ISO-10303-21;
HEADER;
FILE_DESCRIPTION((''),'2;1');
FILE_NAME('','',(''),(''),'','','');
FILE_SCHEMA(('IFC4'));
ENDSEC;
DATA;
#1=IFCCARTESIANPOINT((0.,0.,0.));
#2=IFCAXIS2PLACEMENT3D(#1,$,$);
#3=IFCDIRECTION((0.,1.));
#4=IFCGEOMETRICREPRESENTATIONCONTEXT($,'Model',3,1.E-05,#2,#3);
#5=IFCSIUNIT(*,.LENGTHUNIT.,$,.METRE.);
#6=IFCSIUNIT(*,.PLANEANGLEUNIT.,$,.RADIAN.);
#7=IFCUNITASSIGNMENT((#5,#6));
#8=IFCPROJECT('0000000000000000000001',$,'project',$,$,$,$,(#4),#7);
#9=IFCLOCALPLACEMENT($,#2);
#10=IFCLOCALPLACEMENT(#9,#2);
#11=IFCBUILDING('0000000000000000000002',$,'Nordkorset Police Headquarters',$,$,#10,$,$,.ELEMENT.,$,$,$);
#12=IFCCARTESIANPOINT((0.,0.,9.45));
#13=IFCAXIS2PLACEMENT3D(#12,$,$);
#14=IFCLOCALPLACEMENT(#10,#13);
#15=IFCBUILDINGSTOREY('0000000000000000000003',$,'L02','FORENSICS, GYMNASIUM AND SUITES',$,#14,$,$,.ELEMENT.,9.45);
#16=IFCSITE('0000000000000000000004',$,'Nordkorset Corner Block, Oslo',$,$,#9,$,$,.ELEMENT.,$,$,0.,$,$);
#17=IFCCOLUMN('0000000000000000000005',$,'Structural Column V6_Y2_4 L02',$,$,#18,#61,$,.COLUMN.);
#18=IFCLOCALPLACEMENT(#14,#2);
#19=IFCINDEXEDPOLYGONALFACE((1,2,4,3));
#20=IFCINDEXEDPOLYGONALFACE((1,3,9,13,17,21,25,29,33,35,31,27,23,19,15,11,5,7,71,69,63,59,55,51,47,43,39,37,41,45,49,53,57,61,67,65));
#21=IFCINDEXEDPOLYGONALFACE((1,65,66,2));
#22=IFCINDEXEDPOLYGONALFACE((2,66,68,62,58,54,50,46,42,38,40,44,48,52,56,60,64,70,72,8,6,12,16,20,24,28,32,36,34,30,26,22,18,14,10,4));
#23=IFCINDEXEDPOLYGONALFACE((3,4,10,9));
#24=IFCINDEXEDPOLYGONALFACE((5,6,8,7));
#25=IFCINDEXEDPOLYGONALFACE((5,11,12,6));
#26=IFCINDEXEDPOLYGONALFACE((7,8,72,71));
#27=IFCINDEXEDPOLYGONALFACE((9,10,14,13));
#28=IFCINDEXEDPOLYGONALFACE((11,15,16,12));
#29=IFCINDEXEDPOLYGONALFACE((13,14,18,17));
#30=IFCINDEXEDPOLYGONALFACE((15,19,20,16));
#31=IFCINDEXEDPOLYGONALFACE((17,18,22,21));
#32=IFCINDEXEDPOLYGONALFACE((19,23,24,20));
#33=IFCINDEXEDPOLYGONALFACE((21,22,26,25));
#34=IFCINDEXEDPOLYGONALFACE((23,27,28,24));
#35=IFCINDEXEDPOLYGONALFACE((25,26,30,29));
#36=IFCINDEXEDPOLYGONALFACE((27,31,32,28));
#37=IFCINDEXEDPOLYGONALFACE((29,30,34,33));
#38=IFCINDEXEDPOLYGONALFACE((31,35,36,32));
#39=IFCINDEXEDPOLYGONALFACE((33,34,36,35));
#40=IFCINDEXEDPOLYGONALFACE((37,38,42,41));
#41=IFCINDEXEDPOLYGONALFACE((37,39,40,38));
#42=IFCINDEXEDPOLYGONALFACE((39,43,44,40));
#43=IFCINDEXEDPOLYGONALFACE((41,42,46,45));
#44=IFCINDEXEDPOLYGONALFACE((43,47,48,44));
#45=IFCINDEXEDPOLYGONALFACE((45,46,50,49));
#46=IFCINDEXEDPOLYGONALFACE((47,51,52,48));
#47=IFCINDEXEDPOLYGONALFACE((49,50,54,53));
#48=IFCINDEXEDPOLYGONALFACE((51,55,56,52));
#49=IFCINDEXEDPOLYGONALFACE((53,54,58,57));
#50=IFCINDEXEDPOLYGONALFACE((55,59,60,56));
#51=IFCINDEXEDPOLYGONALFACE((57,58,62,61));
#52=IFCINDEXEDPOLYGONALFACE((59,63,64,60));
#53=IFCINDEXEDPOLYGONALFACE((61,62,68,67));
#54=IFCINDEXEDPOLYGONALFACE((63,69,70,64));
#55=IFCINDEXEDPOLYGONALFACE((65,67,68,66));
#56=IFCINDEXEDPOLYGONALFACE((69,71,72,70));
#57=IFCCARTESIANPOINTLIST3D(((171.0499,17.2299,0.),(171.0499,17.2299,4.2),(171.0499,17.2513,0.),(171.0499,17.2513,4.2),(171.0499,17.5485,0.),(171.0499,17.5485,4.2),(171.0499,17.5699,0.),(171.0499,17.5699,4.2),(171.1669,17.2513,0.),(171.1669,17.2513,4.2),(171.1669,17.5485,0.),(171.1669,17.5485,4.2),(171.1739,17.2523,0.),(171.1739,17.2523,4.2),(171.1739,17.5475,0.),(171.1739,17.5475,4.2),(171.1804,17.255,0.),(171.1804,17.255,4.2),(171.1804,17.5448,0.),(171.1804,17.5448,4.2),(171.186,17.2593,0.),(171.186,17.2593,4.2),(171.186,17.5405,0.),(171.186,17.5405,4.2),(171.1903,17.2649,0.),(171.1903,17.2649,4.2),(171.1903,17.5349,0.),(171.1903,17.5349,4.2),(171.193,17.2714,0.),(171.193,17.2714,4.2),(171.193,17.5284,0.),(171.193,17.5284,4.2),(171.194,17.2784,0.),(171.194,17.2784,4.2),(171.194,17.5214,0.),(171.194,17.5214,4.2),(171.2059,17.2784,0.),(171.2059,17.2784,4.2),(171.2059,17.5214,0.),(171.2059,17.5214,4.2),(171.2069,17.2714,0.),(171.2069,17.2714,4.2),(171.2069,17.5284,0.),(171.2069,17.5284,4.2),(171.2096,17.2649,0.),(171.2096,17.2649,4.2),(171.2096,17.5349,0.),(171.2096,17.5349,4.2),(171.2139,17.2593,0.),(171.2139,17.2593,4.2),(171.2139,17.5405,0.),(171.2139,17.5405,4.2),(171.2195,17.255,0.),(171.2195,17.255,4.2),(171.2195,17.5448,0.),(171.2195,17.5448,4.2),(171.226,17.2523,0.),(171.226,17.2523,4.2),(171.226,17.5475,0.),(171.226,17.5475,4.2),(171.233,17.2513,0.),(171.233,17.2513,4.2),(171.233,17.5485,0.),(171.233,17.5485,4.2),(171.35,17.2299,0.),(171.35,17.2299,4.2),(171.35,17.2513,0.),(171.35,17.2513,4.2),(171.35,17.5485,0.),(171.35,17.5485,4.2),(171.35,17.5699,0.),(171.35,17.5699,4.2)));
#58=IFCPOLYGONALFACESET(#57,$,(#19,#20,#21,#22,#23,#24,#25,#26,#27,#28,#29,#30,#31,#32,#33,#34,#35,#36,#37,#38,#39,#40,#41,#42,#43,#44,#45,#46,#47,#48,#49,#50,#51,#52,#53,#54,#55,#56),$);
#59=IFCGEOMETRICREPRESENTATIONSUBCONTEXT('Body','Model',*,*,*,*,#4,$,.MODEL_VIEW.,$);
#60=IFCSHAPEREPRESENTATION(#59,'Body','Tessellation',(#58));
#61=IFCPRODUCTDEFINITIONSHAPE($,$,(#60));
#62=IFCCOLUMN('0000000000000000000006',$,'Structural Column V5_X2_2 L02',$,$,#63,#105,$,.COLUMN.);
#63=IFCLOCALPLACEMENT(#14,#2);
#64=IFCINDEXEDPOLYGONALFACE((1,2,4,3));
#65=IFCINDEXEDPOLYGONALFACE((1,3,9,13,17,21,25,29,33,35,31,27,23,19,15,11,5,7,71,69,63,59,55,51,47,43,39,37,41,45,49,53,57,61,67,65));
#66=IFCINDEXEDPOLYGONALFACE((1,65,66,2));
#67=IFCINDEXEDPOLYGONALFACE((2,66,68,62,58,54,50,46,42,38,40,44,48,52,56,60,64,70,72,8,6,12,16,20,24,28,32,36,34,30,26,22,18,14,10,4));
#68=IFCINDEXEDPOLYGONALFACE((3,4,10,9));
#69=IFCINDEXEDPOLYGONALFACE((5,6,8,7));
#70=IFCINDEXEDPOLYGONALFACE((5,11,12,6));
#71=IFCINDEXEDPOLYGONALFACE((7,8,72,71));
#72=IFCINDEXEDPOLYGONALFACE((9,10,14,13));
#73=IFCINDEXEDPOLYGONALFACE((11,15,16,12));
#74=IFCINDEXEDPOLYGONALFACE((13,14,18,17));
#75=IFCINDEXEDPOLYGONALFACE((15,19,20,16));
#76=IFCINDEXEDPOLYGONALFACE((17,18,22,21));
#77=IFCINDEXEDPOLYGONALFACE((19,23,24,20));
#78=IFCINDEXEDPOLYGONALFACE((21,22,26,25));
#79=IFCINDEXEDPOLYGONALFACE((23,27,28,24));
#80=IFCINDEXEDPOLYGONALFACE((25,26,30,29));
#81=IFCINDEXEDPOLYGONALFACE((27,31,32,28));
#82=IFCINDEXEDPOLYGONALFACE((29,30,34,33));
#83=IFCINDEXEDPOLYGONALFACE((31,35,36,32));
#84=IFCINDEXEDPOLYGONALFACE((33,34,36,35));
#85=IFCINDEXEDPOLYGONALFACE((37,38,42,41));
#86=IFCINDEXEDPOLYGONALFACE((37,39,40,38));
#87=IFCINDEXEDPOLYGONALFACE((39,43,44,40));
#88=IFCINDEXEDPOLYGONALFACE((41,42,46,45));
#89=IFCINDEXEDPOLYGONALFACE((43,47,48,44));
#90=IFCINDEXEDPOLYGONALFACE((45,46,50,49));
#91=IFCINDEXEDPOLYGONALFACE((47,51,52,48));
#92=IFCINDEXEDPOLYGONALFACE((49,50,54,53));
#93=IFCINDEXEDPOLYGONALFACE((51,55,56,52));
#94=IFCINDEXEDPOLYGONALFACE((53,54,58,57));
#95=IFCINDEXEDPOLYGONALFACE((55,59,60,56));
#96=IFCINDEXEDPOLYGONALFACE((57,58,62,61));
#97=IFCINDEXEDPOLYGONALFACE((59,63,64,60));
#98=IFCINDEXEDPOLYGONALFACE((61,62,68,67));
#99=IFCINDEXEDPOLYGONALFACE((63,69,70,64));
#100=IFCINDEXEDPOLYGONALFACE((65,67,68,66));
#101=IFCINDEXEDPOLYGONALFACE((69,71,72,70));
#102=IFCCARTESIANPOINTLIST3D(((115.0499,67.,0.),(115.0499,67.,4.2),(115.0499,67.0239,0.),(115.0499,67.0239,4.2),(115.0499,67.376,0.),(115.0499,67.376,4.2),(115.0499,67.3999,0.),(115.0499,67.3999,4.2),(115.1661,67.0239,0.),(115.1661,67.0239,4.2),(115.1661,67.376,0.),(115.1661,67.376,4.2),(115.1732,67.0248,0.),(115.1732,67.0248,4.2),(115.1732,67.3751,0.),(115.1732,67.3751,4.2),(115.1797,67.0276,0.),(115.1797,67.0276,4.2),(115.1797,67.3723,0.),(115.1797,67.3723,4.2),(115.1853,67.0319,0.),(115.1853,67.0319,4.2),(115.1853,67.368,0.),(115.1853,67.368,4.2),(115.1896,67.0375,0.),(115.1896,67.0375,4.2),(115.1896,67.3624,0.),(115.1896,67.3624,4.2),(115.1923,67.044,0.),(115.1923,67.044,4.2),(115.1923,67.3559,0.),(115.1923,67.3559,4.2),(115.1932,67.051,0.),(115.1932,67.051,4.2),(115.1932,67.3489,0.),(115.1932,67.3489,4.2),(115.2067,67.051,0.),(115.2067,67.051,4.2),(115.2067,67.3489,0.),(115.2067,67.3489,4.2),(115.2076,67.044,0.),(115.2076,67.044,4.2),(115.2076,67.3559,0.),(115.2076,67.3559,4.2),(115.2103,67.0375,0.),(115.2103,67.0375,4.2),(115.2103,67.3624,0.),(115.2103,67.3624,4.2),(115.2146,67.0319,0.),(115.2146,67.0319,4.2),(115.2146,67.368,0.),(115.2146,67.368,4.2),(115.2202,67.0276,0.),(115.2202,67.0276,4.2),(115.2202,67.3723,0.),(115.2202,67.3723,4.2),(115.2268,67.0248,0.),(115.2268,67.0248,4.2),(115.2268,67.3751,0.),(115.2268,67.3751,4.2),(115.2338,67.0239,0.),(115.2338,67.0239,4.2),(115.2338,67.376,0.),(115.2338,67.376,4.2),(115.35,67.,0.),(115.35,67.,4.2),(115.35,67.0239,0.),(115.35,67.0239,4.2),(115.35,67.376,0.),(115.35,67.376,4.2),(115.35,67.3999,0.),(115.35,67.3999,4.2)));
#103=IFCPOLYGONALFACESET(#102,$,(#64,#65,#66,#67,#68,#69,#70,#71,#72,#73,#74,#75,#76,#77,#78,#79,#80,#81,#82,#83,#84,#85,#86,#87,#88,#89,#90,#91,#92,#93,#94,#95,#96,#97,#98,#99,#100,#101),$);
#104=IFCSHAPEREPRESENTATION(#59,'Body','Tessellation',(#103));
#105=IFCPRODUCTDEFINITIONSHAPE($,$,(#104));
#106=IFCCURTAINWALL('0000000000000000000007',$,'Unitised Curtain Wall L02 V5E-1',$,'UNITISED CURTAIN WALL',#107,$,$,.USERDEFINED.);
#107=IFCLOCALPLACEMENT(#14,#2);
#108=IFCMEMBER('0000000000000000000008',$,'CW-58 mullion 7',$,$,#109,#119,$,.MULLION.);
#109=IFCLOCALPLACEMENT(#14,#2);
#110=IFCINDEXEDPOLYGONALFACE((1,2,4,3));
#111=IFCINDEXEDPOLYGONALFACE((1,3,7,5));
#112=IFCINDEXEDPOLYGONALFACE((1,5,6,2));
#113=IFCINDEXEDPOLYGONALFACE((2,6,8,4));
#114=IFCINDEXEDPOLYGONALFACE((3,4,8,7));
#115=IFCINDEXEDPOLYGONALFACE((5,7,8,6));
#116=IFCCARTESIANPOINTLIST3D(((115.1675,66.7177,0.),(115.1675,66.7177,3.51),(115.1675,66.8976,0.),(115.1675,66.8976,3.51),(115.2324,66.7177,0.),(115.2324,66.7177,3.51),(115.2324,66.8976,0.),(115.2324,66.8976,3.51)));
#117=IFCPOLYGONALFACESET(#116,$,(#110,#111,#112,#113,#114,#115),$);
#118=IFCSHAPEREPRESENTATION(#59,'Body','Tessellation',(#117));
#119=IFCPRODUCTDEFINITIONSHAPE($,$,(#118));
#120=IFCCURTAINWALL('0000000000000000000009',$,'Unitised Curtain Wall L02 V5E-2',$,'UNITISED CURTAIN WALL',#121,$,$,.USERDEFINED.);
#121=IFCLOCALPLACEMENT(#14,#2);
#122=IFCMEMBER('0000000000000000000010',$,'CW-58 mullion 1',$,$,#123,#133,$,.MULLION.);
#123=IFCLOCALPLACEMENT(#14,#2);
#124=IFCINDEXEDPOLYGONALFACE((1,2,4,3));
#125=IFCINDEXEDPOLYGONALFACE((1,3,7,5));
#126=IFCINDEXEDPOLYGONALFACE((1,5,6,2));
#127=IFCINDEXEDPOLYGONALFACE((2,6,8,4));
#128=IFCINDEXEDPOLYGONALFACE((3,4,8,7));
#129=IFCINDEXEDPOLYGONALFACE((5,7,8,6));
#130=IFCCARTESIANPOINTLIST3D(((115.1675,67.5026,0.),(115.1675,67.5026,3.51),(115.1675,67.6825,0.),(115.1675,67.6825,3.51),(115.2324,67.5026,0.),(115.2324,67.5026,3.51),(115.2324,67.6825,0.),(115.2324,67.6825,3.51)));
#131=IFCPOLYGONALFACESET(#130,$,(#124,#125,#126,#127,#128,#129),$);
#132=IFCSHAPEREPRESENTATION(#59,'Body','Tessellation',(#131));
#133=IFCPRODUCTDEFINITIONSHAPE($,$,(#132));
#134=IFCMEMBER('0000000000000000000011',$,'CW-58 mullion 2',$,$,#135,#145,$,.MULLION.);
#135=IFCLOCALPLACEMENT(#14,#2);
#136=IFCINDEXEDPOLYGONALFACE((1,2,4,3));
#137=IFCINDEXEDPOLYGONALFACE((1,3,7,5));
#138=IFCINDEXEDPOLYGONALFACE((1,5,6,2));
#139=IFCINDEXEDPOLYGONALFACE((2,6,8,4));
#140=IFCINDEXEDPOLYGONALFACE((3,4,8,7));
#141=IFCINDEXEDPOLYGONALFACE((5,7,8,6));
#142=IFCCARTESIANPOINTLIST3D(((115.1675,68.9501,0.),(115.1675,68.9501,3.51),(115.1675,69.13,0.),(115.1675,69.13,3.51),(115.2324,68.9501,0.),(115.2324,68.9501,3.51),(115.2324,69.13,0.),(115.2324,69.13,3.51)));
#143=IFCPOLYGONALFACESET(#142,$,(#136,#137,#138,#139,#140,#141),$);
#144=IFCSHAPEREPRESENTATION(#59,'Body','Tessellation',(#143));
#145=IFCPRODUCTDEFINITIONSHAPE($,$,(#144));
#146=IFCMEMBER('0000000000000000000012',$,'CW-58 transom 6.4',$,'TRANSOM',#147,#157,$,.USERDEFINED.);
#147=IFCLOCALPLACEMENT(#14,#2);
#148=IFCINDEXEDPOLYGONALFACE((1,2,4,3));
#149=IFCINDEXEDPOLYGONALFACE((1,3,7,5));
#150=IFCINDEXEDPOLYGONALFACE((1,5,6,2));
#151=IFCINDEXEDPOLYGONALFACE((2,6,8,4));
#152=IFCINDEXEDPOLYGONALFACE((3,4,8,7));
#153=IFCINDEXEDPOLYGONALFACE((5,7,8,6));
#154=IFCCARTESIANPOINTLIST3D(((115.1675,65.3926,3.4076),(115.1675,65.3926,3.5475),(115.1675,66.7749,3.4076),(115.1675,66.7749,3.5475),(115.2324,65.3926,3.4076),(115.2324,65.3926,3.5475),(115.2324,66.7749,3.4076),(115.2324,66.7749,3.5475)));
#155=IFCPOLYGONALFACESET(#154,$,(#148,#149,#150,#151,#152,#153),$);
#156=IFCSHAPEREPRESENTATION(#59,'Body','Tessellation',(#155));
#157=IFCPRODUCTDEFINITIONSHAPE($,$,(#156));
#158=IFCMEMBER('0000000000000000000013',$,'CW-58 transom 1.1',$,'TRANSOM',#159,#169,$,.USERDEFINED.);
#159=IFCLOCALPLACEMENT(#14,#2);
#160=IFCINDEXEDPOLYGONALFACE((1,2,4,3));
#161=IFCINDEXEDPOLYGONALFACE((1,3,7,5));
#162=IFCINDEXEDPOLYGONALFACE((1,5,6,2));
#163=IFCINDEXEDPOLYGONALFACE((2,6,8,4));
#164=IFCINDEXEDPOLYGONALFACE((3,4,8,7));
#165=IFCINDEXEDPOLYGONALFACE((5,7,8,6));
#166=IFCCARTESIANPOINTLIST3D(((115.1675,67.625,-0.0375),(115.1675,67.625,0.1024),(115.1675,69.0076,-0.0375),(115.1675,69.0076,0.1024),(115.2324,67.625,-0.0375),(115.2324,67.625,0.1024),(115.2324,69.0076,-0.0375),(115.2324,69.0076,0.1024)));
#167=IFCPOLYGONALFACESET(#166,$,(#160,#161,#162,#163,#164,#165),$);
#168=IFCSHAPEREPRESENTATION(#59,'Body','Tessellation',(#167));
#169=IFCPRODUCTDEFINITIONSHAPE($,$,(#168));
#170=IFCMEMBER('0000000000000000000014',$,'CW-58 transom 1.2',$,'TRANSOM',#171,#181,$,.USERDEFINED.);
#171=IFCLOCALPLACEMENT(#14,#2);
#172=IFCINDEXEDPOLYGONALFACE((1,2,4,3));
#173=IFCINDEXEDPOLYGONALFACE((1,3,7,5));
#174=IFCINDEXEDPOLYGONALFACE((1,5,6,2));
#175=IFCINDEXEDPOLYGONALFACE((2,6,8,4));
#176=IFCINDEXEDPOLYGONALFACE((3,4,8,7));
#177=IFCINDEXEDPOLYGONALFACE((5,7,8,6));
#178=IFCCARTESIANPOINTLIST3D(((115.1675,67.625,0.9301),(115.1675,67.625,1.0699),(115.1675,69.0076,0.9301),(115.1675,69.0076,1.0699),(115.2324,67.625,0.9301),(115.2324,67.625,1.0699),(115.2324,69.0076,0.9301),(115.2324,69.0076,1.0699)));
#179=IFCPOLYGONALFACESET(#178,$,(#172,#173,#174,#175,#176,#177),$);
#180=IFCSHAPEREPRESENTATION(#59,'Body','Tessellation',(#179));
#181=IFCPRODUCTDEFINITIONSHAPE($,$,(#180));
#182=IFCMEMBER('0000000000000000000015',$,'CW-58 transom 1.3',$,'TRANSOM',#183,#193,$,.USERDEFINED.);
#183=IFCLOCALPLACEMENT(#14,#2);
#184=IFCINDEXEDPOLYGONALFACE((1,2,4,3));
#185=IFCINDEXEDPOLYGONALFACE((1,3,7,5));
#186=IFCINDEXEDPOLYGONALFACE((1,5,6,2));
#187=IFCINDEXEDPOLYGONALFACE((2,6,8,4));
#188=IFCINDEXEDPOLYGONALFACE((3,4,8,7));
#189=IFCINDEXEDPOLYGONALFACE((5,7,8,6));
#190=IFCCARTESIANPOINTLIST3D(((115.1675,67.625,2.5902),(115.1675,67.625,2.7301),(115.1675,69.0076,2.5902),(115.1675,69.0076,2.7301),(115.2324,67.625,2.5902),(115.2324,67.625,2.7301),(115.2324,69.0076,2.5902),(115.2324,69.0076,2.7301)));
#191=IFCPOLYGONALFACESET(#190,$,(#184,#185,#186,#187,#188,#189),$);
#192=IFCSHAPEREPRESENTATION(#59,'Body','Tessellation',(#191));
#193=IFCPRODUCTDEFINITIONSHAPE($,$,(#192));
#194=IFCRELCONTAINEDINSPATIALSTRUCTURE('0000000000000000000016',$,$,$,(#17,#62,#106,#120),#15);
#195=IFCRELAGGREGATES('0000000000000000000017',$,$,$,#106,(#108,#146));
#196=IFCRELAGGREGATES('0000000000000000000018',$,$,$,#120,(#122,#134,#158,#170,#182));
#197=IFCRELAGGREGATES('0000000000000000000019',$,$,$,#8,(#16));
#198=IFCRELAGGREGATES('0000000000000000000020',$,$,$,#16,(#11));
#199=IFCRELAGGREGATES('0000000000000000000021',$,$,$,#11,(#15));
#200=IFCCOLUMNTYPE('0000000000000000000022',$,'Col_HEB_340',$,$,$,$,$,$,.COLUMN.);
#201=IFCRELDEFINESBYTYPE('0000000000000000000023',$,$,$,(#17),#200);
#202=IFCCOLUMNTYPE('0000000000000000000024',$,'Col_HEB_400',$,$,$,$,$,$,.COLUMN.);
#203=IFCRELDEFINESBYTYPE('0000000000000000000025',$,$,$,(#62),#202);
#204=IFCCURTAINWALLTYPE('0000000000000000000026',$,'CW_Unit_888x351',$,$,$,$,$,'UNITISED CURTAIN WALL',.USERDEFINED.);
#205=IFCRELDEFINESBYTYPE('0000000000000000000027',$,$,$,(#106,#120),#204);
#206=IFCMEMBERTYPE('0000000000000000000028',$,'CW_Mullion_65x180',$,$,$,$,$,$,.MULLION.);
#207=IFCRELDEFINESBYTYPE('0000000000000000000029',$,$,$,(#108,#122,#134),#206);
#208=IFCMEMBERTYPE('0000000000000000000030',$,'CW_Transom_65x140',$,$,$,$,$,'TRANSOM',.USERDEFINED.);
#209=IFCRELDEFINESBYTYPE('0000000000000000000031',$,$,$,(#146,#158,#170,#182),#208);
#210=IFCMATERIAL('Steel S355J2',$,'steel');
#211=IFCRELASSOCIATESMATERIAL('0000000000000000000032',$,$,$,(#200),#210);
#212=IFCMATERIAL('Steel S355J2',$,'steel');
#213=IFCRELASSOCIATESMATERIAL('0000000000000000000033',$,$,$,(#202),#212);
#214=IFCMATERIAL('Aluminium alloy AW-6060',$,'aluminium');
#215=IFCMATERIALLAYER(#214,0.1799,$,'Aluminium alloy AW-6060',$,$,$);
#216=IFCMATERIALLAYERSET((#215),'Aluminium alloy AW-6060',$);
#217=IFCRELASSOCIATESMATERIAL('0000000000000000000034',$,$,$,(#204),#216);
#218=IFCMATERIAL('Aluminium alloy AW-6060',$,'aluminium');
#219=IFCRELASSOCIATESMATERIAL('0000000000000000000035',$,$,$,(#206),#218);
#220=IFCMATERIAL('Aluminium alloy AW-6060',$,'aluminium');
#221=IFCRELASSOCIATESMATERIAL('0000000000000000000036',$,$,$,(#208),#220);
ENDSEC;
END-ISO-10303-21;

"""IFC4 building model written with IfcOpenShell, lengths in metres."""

from ifc_helpers import new_model, si_unit, direction, frame, origin, origin_2d, place, context, subcontext, project, spatial, rectangle, i_section, extrude, material, layer, layer_set, material_profile, profile_set, type_object, element, aggregate, save


model = new_model("IFC4")

# Units and contexts
model_context = context("Model", 3, precision=1e-05, world=origin(), true_north=direction((0.0, 1.0)))
body_context = subcontext(model_context, "Body", "Model", "MODEL_VIEW")
ifc_project = project(units=[si_unit("LENGTHUNIT", "METRE"), si_unit("PLANEANGLEUNIT", "RADIAN")], contexts=[model_context])

# Site, building, storey
site_placement = place(None, origin())
site = spatial("IfcSite", under=ifc_project, at=site_placement, Name="Nordkorset Corner Block, Oslo", CompositionType="ELEMENT", RefElevation=0.0)
building_placement = place(site_placement, origin())
building = spatial("IfcBuilding", under=site, at=building_placement, Name="Nordkorset Police Headquarters", CompositionType="ELEMENT")
storey_placement = place(building_placement, frame((0.0, 0.0, 9.45)))
storey = spatial("IfcBuildingStorey", under=building, at=storey_placement, Name="L02", Description="FORENSICS, GYMNASIUM AND SUITES", CompositionType="ELEMENT", Elevation=9.45)

# Columns
ifc_material_1 = material(Name="Steel S355J2", Category="steel")
ifc_material_profile_1 = material_profile(ifc_material_1, i_section(OverallWidth=0.3, OverallDepth=0.3401, WebThickness=0.012, FlangeThickness=0.0215, FilletRadius=0.0271, at=origin_2d()), Name="HEB 340")
ifc_profile_set_1 = profile_set([ifc_material_profile_1], Name="Steel S355J2")
column_type_1 = type_object("IfcColumnType", Name="Col_HEB_340", PredefinedType="COLUMN", material=ifc_profile_set_1)
column_1_placement = place(storey_placement, frame((171.2, 17.3999, 0.0), z_axis=(0.0, 0.0, 1.0), x_axis=(1.0, 0.0, 0.0)))
element("IfcColumn", 1, at=column_1_placement, inside=storey, type_object=column_type_1, Name="Structural Column V6_Y2_4 L02", PredefinedType="COLUMN", context=body_context, shape_type="SweptSolid", body=[
    extrude(i_section(OverallWidth=0.3, OverallDepth=0.3401, WebThickness=0.012, FlangeThickness=0.0215, FilletRadius=0.0271, at=origin_2d()), origin(), (0.0, 0.0, 1.0), 4.2),
])
ifc_material_2 = material(Name="Steel S355J2", Category="steel")
ifc_material_profile_2 = material_profile(ifc_material_2, i_section(OverallWidth=0.3, OverallDepth=0.3999, WebThickness=0.0134, FlangeThickness=0.0239, FilletRadius=0.0271, at=origin_2d()), Name="HEB 400")
ifc_profile_set_2 = profile_set([ifc_material_profile_2], Name="Steel S355J2")
column_type_2 = type_object("IfcColumnType", Name="Col_HEB_400", PredefinedType="COLUMN", material=ifc_profile_set_2)
column_2_placement = place(storey_placement, frame((115.2, 67.2, 0.0), z_axis=(0.0, 0.0, 1.0), x_axis=(1.0, 0.0, 0.0)))
element("IfcColumn", 2, at=column_2_placement, inside=storey, type_object=column_type_2, Name="Structural Column V5_X2_2 L02", PredefinedType="COLUMN", context=body_context, shape_type="SweptSolid", body=[
    extrude(i_section(OverallWidth=0.3, OverallDepth=0.3999, WebThickness=0.0134, FlangeThickness=0.0239, FilletRadius=0.0271, at=origin_2d()), origin(), (0.0, 0.0, 1.0), 4.2),
])

# Curtain wall, member
ifc_material_3 = material(Name="Aluminium alloy AW-6060", Category="aluminium")
ifc_layer_1 = layer(ifc_material_3, 0.1799, Name="Aluminium alloy AW-6060")
ifc_layer_set_1 = layer_set([ifc_layer_1], Name="Aluminium alloy AW-6060")
curtain_wall_type = type_object("IfcCurtainWallType", Name="CW_Unit_888x351", ElementType="UNITISED CURTAIN WALL", PredefinedType="USERDEFINED", material=ifc_layer_set_1)
curtain_wall_1_placement = place(storey_placement, origin())
curtain_wall_1 = element("IfcCurtainWall", 3, at=curtain_wall_1_placement, inside=storey, type_object=curtain_wall_type, Name="Unitised Curtain Wall L02 V5E-1", ObjectType="UNITISED CURTAIN WALL", PredefinedType="USERDEFINED")
ifc_material_4 = material(Name="Aluminium alloy AW-6060", Category="aluminium")
ifc_material_profile_3 = material_profile(ifc_material_4, rectangle(XDim=0.0649, YDim=0.1799, at=origin_2d()), Name="ALU MULL 65x180")
ifc_profile_set_3 = profile_set([ifc_material_profile_3], Name="Aluminium alloy AW-6060")
member_type_1 = type_object("IfcMemberType", Name="CW_Mullion_65x180", PredefinedType="MULLION", material=ifc_profile_set_3)
member_1_placement = place(storey_placement, frame((115.2, 66.8076, 0.0), z_axis=(0.0, 0.0, 1.0), x_axis=(-1.0, 0.0, 0.0)))
member_1 = element("IfcMember", 4, at=member_1_placement, type_object=member_type_1, Name="CW-58 mullion 7", PredefinedType="MULLION", context=body_context, shape_type="SweptSolid", body=[
    extrude(rectangle(XDim=0.0649, YDim=0.1799, at=origin_2d()), origin(), (0.0, 0.0, 1.0), 3.51),
])

# Curtain wall, members
curtain_wall_2_placement = place(storey_placement, origin())
curtain_wall_2 = element("IfcCurtainWall", 5, at=curtain_wall_2_placement, inside=storey, type_object=curtain_wall_type, Name="Unitised Curtain Wall L02 V5E-2", ObjectType="UNITISED CURTAIN WALL", PredefinedType="USERDEFINED")
member_2_placement = place(storey_placement, frame((115.2, 67.5925, 0.0), z_axis=(0.0, 0.0, 1.0), x_axis=(-1.0, 0.0, 0.0)))
member_2 = element("IfcMember", 6, at=member_2_placement, type_object=member_type_1, Name="CW-58 mullion 1", PredefinedType="MULLION", context=body_context, shape_type="SweptSolid", body=[
    extrude(rectangle(XDim=0.0649, YDim=0.1799, at=origin_2d()), origin(), (0.0, 0.0, 1.0), 3.51),
])
member_3_placement = place(storey_placement, frame((115.2, 69.04, 0.0), z_axis=(0.0, 0.0, 1.0), x_axis=(-1.0, 0.0, 0.0)))
member_3 = element("IfcMember", 7, at=member_3_placement, type_object=member_type_1, Name="CW-58 mullion 2", PredefinedType="MULLION", context=body_context, shape_type="SweptSolid", body=[
    extrude(rectangle(XDim=0.0649, YDim=0.1799, at=origin_2d()), origin(), (0.0, 0.0, 1.0), 3.51),
])

# Members
ifc_material_5 = material(Name="Aluminium alloy AW-6060", Category="aluminium")
ifc_material_profile_4 = material_profile(ifc_material_5, rectangle(XDim=0.0649, YDim=0.1399, at=origin_2d()), Name="ALU TRAN 65x140")
ifc_profile_set_4 = profile_set([ifc_material_profile_4], Name="Aluminium alloy AW-6060")
member_type_2 = type_object("IfcMemberType", Name="CW_Transom_65x140", ElementType="TRANSOM", PredefinedType="USERDEFINED", material=ifc_profile_set_4)
member_4_placement = place(storey_placement, frame((115.2, 65.3926, 3.4775), z_axis=(0.0, 1.0, 0.0), x_axis=(-1.0, 0.0, 0.0)))
member_4 = element("IfcMember", 8, at=member_4_placement, type_object=member_type_2, Name="CW-58 transom 6.4", ObjectType="TRANSOM", PredefinedType="USERDEFINED", context=body_context, shape_type="SweptSolid", body=[
    extrude(rectangle(XDim=0.0649, YDim=0.1399, at=origin_2d()), origin(), (0.0, 0.0, 1.0), 1.3823),
])
member_5_placement = place(storey_placement, frame((115.2, 67.625, 0.0325), z_axis=(0.0, 1.0, 0.0), x_axis=(-1.0, 0.0, 0.0)))
member_5 = element("IfcMember", 9, at=member_5_placement, type_object=member_type_2, Name="CW-58 transom 1.1", ObjectType="TRANSOM", PredefinedType="USERDEFINED", context=body_context, shape_type="SweptSolid", body=[
    extrude(rectangle(XDim=0.0649, YDim=0.1399, at=origin_2d()), origin(), (0.0, 0.0, 1.0), 1.3826),
])
member_6_placement = place(storey_placement, frame((115.2, 67.625, 1.0), z_axis=(0.0, 1.0, 0.0), x_axis=(-1.0, 0.0, 0.0)))
member_6 = element("IfcMember", 10, at=member_6_placement, type_object=member_type_2, Name="CW-58 transom 1.2", ObjectType="TRANSOM", PredefinedType="USERDEFINED", context=body_context, shape_type="SweptSolid", body=[
    extrude(rectangle(XDim=0.0649, YDim=0.1399, at=origin_2d()), origin(), (0.0, 0.0, 1.0), 1.3826),
])
member_7_placement = place(storey_placement, frame((115.2, 67.625, 2.6602), z_axis=(0.0, 1.0, 0.0), x_axis=(-1.0, 0.0, 0.0)))
member_7 = element("IfcMember", 11, at=member_7_placement, type_object=member_type_2, Name="CW-58 transom 1.3", ObjectType="TRANSOM", PredefinedType="USERDEFINED", context=body_context, shape_type="SweptSolid", body=[
    extrude(rectangle(XDim=0.0649, YDim=0.1399, at=origin_2d()), origin(), (0.0, 0.0, 1.0), 1.3826),
])

aggregate(curtain_wall_1, [member_1, member_4])
aggregate(curtain_wall_2, [member_2, member_3, member_5, member_6, member_7])

save(model, "model.ifc")
